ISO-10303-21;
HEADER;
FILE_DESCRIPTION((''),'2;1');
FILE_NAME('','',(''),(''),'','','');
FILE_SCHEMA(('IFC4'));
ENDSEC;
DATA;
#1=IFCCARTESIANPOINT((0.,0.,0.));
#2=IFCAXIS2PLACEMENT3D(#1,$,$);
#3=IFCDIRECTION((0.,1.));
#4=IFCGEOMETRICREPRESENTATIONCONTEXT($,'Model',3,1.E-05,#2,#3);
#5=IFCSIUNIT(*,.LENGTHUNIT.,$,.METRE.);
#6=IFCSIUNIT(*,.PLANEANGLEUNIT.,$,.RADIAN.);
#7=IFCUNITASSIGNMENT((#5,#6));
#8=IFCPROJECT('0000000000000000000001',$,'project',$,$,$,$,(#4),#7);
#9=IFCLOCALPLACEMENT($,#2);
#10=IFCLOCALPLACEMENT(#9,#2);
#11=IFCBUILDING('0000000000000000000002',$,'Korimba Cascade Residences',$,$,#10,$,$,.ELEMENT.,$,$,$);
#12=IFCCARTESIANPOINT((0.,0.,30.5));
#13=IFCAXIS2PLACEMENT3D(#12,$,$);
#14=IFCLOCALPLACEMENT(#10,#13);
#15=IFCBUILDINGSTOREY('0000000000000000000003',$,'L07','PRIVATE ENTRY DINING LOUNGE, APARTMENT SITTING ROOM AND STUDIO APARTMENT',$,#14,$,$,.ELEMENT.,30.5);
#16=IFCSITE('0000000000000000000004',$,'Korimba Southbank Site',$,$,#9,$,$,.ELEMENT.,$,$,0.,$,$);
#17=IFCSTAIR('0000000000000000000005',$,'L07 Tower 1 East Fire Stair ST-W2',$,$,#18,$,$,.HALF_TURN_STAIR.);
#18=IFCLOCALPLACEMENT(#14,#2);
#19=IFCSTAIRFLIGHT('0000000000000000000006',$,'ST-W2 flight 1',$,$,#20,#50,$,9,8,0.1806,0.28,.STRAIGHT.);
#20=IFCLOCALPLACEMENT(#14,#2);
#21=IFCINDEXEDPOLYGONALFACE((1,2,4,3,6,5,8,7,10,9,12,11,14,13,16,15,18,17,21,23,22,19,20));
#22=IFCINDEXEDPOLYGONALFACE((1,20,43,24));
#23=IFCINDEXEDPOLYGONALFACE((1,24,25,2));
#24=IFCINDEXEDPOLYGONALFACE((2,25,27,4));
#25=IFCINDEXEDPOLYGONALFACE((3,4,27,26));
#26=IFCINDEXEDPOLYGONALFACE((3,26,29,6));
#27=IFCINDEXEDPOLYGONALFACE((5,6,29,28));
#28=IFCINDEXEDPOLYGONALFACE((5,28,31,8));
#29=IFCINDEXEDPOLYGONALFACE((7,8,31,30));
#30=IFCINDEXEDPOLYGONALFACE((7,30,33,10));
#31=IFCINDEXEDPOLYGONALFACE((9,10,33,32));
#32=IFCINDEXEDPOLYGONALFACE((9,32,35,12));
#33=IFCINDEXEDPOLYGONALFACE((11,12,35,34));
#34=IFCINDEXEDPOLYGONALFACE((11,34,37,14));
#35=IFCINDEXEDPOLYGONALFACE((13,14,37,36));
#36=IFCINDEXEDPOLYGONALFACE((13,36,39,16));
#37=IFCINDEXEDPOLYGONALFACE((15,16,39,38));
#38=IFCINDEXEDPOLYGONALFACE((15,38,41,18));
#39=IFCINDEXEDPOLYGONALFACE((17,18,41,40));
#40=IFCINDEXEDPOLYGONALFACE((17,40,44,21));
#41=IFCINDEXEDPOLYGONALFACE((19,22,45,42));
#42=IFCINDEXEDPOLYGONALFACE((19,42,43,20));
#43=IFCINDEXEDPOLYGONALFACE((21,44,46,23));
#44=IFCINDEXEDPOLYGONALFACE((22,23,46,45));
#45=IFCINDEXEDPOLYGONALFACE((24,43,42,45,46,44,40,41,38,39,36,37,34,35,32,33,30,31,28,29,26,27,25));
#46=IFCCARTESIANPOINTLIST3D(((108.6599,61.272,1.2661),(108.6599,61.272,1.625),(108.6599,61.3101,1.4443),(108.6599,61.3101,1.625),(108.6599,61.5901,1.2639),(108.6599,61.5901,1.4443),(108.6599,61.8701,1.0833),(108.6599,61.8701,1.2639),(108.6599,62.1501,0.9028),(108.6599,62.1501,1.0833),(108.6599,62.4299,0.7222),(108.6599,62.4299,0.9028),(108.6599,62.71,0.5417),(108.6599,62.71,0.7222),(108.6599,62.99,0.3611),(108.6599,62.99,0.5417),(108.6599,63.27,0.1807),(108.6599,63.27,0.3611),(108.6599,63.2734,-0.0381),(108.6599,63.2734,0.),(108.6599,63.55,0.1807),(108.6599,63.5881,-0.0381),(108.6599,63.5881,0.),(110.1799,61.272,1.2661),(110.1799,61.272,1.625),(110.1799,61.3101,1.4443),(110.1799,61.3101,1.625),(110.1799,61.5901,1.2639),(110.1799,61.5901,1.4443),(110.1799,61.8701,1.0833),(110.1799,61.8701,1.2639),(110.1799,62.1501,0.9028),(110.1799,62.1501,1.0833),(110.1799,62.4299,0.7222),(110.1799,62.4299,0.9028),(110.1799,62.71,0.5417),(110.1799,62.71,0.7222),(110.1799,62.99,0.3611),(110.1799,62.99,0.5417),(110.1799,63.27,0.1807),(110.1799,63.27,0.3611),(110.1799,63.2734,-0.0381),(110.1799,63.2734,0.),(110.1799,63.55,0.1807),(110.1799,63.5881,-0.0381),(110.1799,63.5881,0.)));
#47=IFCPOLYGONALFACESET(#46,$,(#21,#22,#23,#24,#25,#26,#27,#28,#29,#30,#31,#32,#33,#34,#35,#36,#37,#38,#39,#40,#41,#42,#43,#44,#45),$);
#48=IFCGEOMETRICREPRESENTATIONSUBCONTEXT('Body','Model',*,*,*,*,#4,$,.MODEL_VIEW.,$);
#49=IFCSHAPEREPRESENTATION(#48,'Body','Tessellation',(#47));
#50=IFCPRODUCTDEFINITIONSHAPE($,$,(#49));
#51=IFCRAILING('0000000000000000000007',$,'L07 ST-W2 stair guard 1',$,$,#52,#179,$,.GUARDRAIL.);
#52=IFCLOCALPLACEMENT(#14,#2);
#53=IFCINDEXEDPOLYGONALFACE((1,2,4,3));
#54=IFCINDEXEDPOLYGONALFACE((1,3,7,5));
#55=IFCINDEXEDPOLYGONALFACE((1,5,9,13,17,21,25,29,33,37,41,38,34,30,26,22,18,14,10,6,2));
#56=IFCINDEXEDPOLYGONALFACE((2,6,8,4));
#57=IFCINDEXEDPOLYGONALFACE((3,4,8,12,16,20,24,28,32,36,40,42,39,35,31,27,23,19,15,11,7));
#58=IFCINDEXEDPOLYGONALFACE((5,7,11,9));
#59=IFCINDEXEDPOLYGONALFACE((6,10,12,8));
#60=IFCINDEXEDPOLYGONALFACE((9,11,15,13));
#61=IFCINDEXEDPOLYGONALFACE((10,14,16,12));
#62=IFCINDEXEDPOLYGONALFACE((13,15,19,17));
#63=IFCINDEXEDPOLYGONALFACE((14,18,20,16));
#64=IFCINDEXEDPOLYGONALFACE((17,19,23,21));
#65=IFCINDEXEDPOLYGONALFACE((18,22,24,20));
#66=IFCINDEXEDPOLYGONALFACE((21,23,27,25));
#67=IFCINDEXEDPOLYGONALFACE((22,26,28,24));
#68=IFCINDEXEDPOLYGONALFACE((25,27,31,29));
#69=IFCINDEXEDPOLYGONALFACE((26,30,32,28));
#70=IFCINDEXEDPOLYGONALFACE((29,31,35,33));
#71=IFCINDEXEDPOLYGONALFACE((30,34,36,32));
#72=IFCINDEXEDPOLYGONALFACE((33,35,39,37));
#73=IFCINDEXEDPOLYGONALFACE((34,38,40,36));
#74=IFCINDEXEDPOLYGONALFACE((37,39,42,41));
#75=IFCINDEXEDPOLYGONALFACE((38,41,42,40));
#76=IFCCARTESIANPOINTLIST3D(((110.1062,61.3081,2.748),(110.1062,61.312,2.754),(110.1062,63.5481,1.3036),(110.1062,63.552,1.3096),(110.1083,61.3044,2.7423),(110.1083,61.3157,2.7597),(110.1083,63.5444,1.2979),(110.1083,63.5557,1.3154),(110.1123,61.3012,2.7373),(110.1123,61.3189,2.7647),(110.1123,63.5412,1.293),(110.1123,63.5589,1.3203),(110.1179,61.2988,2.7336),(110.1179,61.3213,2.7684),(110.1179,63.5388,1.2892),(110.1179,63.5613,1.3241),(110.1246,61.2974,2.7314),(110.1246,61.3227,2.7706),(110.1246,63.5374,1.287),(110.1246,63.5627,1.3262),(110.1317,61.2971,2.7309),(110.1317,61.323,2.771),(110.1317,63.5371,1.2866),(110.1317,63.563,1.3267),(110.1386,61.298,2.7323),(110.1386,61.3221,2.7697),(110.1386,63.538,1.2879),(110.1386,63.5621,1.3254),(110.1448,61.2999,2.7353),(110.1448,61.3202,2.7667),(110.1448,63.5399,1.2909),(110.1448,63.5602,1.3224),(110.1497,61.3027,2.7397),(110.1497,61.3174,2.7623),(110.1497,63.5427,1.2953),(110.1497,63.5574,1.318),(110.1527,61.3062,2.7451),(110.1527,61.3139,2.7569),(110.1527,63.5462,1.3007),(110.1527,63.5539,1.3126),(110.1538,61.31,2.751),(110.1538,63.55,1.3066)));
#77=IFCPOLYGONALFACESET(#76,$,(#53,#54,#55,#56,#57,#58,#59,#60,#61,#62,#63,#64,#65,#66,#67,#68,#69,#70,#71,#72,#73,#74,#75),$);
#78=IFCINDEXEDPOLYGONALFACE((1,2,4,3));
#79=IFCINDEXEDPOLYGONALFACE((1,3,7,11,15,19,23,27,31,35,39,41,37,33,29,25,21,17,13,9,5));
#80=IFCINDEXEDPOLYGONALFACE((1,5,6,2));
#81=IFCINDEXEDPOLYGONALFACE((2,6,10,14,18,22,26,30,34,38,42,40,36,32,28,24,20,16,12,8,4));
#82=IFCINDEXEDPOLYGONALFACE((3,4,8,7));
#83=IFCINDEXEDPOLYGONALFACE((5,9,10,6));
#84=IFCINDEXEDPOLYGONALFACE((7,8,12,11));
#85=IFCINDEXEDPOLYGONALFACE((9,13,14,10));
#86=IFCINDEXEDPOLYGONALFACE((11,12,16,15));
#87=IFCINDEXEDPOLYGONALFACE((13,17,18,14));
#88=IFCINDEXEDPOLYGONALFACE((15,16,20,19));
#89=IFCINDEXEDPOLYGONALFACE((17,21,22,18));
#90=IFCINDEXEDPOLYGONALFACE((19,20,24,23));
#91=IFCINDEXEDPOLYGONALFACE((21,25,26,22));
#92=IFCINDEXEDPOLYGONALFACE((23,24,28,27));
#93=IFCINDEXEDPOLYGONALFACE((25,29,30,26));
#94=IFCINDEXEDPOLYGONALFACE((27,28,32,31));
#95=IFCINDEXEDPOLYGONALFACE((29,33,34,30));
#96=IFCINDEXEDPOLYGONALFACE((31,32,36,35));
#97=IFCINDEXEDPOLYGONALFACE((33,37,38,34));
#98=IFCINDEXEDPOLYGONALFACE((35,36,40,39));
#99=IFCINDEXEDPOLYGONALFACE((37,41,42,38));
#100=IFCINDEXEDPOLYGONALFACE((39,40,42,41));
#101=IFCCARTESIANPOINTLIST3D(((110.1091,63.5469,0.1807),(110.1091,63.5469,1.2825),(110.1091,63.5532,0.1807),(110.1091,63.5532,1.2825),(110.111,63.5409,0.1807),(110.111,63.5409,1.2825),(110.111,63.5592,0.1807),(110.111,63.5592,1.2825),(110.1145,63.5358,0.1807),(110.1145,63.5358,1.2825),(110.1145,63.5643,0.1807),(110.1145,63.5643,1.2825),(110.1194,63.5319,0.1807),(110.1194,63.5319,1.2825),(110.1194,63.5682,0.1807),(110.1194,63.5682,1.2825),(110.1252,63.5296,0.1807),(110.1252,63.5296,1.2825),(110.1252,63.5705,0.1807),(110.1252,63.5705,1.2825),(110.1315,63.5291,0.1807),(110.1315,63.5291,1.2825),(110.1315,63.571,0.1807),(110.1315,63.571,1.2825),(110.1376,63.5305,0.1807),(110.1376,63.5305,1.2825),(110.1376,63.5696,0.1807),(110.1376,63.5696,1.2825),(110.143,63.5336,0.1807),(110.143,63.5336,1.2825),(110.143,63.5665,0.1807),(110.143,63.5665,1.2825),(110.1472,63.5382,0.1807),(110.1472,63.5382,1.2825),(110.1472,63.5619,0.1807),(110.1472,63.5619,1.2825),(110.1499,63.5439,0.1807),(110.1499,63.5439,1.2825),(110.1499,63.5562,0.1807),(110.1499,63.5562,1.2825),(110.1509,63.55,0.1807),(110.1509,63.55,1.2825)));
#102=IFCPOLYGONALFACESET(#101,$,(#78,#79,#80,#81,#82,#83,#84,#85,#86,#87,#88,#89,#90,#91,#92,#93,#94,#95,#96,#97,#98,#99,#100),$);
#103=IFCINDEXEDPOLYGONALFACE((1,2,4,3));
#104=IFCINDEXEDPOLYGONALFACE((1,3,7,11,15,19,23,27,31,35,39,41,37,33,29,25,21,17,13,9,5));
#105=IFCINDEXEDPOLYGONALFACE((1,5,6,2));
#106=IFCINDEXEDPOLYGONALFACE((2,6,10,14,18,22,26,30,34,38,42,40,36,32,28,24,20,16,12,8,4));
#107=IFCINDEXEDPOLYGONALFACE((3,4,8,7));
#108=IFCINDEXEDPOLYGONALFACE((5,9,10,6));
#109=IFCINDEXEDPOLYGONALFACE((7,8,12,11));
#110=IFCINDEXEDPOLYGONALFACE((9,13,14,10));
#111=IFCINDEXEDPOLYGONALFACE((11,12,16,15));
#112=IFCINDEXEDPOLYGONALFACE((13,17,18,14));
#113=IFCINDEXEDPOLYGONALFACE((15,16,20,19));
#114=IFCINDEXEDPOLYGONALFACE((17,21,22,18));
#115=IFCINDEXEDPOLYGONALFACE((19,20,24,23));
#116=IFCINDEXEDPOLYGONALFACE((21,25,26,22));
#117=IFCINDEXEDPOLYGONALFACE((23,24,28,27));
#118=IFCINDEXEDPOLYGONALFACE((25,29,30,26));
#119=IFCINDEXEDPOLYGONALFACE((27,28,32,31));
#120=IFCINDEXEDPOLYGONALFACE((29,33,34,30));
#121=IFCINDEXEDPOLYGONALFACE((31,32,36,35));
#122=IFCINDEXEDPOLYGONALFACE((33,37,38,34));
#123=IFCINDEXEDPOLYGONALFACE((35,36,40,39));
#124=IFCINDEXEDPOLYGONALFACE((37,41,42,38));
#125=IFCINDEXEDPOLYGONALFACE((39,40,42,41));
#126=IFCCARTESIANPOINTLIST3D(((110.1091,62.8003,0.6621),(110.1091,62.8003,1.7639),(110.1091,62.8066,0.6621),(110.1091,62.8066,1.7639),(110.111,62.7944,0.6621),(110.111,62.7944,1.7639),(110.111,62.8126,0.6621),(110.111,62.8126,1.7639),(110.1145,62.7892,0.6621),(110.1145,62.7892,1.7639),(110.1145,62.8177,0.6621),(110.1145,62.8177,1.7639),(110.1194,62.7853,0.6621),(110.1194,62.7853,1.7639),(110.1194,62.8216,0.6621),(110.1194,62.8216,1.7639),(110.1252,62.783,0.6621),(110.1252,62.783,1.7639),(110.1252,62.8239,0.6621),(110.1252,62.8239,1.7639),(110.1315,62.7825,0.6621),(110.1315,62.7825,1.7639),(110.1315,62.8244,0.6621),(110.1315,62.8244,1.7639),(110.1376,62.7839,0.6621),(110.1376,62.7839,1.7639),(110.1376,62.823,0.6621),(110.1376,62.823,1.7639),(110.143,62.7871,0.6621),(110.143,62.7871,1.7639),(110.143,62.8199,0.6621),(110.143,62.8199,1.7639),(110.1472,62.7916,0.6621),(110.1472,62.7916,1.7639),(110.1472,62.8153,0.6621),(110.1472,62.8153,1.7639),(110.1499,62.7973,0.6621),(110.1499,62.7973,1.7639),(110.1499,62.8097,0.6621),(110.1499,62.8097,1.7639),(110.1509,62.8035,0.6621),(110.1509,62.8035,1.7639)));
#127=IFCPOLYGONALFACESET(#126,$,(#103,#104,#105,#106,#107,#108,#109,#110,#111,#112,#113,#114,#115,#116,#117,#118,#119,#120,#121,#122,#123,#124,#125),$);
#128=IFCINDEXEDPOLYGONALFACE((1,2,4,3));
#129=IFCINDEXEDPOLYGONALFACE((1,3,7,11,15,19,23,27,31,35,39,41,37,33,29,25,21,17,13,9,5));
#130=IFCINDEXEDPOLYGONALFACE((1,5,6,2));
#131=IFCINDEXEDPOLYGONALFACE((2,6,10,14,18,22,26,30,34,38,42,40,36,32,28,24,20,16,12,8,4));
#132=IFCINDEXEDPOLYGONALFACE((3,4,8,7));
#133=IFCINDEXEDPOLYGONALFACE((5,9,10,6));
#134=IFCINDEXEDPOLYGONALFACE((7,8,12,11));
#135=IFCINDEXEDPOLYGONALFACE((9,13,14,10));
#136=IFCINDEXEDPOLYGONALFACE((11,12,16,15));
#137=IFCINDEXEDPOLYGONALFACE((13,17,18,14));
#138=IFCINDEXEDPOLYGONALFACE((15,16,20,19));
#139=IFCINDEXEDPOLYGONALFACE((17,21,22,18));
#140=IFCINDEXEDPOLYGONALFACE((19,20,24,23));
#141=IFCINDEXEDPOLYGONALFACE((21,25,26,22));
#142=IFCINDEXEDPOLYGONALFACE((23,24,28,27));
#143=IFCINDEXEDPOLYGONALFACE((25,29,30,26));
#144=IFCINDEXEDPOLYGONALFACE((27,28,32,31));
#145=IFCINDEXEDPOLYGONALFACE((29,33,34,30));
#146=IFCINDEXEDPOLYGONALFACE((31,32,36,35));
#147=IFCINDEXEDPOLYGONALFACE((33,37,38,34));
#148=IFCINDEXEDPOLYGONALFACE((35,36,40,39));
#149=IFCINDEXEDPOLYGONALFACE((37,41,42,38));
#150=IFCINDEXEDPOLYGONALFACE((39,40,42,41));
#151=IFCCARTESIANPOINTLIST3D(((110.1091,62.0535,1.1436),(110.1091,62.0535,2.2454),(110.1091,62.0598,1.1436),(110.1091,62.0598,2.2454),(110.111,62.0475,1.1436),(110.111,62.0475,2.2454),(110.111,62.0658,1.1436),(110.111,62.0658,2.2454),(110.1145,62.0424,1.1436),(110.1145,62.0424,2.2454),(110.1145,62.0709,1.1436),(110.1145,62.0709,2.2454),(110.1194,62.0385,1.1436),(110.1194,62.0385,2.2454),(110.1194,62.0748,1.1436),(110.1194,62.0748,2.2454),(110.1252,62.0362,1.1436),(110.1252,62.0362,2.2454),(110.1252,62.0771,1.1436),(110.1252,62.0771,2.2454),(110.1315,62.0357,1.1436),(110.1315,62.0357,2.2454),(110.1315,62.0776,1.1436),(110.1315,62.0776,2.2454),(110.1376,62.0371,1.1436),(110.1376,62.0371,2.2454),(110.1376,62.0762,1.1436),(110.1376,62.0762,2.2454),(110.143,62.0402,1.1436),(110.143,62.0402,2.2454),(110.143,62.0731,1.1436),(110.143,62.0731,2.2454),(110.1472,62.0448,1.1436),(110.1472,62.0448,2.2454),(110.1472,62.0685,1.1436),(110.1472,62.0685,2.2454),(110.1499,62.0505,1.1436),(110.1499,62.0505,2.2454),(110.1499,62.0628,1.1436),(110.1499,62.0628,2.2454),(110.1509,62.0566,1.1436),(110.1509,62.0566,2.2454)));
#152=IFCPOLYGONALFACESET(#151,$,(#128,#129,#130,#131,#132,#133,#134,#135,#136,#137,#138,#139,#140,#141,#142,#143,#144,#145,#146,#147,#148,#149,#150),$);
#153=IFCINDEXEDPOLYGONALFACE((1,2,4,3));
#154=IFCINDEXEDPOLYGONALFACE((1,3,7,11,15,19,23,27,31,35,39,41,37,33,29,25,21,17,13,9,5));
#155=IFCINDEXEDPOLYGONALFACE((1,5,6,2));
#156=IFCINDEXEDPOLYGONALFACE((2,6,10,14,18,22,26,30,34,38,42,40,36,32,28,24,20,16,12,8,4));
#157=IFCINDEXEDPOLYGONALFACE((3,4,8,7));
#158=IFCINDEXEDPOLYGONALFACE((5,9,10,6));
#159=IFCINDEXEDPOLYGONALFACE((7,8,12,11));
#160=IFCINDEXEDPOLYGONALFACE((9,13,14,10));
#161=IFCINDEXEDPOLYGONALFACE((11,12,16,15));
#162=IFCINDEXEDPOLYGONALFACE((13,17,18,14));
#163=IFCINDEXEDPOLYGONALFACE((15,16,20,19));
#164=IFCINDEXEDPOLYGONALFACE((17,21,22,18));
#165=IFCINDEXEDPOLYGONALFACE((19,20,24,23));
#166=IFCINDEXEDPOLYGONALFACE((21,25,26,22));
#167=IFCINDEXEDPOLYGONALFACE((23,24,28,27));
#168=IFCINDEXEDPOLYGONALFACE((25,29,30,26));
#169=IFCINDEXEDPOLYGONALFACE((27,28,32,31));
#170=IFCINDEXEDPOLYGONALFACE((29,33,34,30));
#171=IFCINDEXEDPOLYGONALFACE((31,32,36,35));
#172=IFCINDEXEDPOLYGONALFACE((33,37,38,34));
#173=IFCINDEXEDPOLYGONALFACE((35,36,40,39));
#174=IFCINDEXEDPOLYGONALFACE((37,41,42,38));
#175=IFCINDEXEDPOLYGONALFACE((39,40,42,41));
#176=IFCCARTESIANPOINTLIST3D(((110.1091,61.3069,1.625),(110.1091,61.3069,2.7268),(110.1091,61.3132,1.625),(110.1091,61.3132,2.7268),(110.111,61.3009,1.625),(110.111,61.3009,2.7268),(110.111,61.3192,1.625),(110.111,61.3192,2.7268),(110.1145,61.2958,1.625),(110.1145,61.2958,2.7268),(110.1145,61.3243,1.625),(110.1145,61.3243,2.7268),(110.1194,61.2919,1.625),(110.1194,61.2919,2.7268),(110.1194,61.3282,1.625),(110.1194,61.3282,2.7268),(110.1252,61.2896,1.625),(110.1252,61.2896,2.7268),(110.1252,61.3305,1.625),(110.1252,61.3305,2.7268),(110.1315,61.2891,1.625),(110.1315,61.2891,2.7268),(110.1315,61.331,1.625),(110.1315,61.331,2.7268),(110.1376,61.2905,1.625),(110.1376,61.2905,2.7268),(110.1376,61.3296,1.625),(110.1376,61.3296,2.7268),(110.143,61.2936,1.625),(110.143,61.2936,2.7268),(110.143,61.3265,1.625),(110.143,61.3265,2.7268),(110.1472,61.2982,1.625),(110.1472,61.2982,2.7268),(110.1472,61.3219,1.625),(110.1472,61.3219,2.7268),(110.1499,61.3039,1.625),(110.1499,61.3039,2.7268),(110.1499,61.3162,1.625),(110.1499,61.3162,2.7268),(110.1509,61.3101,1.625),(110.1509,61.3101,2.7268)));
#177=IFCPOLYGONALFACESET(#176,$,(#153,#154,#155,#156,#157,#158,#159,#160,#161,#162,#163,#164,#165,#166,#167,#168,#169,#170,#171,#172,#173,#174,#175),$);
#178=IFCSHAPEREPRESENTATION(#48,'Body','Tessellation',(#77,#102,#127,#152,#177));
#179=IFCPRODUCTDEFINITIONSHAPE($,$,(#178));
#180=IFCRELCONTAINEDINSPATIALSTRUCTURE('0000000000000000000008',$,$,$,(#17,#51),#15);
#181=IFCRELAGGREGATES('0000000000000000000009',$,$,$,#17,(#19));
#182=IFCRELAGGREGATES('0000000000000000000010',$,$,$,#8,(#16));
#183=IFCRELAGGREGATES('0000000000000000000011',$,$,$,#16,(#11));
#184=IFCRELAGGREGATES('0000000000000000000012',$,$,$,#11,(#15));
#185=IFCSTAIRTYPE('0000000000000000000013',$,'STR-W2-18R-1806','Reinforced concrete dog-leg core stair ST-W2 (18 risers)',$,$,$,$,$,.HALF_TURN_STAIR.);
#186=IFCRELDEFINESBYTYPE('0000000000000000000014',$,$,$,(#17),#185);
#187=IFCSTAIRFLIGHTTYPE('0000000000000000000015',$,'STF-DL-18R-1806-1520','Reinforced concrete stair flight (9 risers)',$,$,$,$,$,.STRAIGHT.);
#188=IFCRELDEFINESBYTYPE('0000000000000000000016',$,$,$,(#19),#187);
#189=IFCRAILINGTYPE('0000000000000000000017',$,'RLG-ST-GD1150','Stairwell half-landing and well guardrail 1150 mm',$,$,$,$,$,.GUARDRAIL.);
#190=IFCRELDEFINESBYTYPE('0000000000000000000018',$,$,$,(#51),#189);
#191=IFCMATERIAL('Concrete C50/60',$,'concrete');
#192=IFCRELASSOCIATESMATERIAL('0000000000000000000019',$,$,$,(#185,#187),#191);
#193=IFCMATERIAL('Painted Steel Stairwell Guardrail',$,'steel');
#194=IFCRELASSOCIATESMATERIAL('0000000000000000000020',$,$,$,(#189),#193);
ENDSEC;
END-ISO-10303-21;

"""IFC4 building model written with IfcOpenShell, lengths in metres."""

from ifc_helpers import new_model, si_unit, direction, frame, origin, origin_2d, place, context, subcontext, project, spatial, polyline, circle, outline, extrude, material, type_object, element, aggregate, save


model = new_model("IFC4")

# Units and contexts
model_context = context("Model", 3, precision=1e-05, world=origin(), true_north=direction((0.0, 1.0)))
body_context = subcontext(model_context, "Body", "Model", "MODEL_VIEW")
ifc_project = project(units=[si_unit("LENGTHUNIT", "METRE"), si_unit("PLANEANGLEUNIT", "RADIAN")], contexts=[model_context])

# Site, building, storey
site_placement = place(None, origin())
site = spatial("IfcSite", under=ifc_project, at=site_placement, Name="Korimba Southbank Site", CompositionType="ELEMENT", RefElevation=0.0)
building_placement = place(site_placement, origin())
building = spatial("IfcBuilding", under=site, at=building_placement, Name="Korimba Cascade Residences", CompositionType="ELEMENT")
storey_placement = place(building_placement, frame((0.0, 0.0, 30.5)))
storey = spatial("IfcBuildingStorey", under=building, at=storey_placement, Name="L07", Description="PRIVATE ENTRY DINING LOUNGE, APARTMENT SITTING ROOM AND STUDIO APARTMENT", CompositionType="ELEMENT", Elevation=30.5)

# Shared definitions
ifc_material_1 = material(Name="Concrete C50/60", Category="concrete")

# Stair, stair flight
stair_type = type_object("IfcStairType", Name="STR-W2-18R-1806", Description="Reinforced concrete dog-leg core stair ST-W2 (18 risers)", PredefinedType="HALF_TURN_STAIR", material=ifc_material_1)
stair_placement = place(storey_placement, origin())
stair = element("IfcStair", 1, at=stair_placement, inside=storey, type_object=stair_type, Name="L07 Tower 1 East Fire Stair ST-W2", PredefinedType="HALF_TURN_STAIR")
stair_flight_type = type_object("IfcStairFlightType", Name="STF-DL-18R-1806-1520", Description="Reinforced concrete stair flight (9 risers)", PredefinedType="STRAIGHT", material=ifc_material_1)
stair_flight_placement = place(storey_placement, frame((109.4199, 63.55, 0.0), z_axis=(0.0, 0.0, 1.0), x_axis=(0.0, -1.0, 0.0)))
stair_flight = element("IfcStairFlight", 2, at=stair_flight_placement, type_object=stair_flight_type, Name="ST-W2 flight 1", NumberOfRisers=9, NumberOfTreads=8, PredefinedType="STRAIGHT", RiserHeight=0.1806, TreadLength=0.28, context=body_context, shape_type="SweptSolid", body=[
    extrude(outline(polyline([(-0.0381, 0.0), (0.0, 0.1807), (0.28, 0.1807), (0.28, 0.3611), (0.5601, 0.3611), (0.5601, 0.5417), (0.8401, 0.5417), (0.8401, 0.7222), (1.1201, 0.7222), (1.1201, 0.9028), (1.3999, 0.9028), (1.3999, 1.0833), (1.6799, 1.0833), (1.6799, 1.2639), (1.96, 1.2639), (1.96, 1.4443), (2.24, 1.4443), (2.24, 1.625), (2.2781, 1.625), (2.2781, 1.2661), (0.2766, 0.0), (0.2766, -0.0381), (-0.0381, -0.0381), (-0.0381, 0.0)])), frame((0.0, 0.76, 0.0), z_axis=(0.0, -1.0, 0.0), x_axis=(1.0, 0.0, 0.0)), (0.0, 0.0, 1.0), 1.52),
])
aggregate(stair, [stair_flight])

# Railing
ifc_material_2 = material(Name="Painted Steel Stairwell Guardrail", Category="steel")
railing_type_1 = type_object("IfcRailingType", Name="RLG-ST-GD1150", Description="Stairwell half-landing and well guardrail 1150 mm", PredefinedType="GUARDRAIL", material=ifc_material_2)
railing_1_placement = place(storey_placement, frame((110.1299, 63.55, 0.1807)))
element("IfcRailing", 3, at=railing_1_placement, inside=storey, type_object=railing_type_1, Name="L07 ST-W2 stair guard 1", PredefinedType="GUARDRAIL", context=body_context, shape_type="SweptSolid", body=[
    extrude(circle(Radius=0.0239, at=origin_2d()), frame((0.0, 0.0, 1.126), z_axis=(0.0, -0.840437, 0.54191), x_axis=(1.0, 0.0, 0.0)), (0.0, 0.0, 1.0), 2.6653),
    extrude(circle(Radius=0.021, at=origin_2d()), origin(), (0.0, 0.0, 1.0), 1.1018),
    extrude(circle(Radius=0.021, at=origin_2d()), frame((0.0, -0.7466, 0.4814)), (0.0, 0.0, 1.0), 1.1018),
    extrude(circle(Radius=0.021, at=origin_2d()), frame((0.0, -1.4934, 0.9629)), (0.0, 0.0, 1.0), 1.1018),
    extrude(circle(Radius=0.021, at=origin_2d()), frame((0.0, -2.24, 1.4443)), (0.0, 0.0, 1.0), 1.1018),
])

save(model, "model.ifc")
